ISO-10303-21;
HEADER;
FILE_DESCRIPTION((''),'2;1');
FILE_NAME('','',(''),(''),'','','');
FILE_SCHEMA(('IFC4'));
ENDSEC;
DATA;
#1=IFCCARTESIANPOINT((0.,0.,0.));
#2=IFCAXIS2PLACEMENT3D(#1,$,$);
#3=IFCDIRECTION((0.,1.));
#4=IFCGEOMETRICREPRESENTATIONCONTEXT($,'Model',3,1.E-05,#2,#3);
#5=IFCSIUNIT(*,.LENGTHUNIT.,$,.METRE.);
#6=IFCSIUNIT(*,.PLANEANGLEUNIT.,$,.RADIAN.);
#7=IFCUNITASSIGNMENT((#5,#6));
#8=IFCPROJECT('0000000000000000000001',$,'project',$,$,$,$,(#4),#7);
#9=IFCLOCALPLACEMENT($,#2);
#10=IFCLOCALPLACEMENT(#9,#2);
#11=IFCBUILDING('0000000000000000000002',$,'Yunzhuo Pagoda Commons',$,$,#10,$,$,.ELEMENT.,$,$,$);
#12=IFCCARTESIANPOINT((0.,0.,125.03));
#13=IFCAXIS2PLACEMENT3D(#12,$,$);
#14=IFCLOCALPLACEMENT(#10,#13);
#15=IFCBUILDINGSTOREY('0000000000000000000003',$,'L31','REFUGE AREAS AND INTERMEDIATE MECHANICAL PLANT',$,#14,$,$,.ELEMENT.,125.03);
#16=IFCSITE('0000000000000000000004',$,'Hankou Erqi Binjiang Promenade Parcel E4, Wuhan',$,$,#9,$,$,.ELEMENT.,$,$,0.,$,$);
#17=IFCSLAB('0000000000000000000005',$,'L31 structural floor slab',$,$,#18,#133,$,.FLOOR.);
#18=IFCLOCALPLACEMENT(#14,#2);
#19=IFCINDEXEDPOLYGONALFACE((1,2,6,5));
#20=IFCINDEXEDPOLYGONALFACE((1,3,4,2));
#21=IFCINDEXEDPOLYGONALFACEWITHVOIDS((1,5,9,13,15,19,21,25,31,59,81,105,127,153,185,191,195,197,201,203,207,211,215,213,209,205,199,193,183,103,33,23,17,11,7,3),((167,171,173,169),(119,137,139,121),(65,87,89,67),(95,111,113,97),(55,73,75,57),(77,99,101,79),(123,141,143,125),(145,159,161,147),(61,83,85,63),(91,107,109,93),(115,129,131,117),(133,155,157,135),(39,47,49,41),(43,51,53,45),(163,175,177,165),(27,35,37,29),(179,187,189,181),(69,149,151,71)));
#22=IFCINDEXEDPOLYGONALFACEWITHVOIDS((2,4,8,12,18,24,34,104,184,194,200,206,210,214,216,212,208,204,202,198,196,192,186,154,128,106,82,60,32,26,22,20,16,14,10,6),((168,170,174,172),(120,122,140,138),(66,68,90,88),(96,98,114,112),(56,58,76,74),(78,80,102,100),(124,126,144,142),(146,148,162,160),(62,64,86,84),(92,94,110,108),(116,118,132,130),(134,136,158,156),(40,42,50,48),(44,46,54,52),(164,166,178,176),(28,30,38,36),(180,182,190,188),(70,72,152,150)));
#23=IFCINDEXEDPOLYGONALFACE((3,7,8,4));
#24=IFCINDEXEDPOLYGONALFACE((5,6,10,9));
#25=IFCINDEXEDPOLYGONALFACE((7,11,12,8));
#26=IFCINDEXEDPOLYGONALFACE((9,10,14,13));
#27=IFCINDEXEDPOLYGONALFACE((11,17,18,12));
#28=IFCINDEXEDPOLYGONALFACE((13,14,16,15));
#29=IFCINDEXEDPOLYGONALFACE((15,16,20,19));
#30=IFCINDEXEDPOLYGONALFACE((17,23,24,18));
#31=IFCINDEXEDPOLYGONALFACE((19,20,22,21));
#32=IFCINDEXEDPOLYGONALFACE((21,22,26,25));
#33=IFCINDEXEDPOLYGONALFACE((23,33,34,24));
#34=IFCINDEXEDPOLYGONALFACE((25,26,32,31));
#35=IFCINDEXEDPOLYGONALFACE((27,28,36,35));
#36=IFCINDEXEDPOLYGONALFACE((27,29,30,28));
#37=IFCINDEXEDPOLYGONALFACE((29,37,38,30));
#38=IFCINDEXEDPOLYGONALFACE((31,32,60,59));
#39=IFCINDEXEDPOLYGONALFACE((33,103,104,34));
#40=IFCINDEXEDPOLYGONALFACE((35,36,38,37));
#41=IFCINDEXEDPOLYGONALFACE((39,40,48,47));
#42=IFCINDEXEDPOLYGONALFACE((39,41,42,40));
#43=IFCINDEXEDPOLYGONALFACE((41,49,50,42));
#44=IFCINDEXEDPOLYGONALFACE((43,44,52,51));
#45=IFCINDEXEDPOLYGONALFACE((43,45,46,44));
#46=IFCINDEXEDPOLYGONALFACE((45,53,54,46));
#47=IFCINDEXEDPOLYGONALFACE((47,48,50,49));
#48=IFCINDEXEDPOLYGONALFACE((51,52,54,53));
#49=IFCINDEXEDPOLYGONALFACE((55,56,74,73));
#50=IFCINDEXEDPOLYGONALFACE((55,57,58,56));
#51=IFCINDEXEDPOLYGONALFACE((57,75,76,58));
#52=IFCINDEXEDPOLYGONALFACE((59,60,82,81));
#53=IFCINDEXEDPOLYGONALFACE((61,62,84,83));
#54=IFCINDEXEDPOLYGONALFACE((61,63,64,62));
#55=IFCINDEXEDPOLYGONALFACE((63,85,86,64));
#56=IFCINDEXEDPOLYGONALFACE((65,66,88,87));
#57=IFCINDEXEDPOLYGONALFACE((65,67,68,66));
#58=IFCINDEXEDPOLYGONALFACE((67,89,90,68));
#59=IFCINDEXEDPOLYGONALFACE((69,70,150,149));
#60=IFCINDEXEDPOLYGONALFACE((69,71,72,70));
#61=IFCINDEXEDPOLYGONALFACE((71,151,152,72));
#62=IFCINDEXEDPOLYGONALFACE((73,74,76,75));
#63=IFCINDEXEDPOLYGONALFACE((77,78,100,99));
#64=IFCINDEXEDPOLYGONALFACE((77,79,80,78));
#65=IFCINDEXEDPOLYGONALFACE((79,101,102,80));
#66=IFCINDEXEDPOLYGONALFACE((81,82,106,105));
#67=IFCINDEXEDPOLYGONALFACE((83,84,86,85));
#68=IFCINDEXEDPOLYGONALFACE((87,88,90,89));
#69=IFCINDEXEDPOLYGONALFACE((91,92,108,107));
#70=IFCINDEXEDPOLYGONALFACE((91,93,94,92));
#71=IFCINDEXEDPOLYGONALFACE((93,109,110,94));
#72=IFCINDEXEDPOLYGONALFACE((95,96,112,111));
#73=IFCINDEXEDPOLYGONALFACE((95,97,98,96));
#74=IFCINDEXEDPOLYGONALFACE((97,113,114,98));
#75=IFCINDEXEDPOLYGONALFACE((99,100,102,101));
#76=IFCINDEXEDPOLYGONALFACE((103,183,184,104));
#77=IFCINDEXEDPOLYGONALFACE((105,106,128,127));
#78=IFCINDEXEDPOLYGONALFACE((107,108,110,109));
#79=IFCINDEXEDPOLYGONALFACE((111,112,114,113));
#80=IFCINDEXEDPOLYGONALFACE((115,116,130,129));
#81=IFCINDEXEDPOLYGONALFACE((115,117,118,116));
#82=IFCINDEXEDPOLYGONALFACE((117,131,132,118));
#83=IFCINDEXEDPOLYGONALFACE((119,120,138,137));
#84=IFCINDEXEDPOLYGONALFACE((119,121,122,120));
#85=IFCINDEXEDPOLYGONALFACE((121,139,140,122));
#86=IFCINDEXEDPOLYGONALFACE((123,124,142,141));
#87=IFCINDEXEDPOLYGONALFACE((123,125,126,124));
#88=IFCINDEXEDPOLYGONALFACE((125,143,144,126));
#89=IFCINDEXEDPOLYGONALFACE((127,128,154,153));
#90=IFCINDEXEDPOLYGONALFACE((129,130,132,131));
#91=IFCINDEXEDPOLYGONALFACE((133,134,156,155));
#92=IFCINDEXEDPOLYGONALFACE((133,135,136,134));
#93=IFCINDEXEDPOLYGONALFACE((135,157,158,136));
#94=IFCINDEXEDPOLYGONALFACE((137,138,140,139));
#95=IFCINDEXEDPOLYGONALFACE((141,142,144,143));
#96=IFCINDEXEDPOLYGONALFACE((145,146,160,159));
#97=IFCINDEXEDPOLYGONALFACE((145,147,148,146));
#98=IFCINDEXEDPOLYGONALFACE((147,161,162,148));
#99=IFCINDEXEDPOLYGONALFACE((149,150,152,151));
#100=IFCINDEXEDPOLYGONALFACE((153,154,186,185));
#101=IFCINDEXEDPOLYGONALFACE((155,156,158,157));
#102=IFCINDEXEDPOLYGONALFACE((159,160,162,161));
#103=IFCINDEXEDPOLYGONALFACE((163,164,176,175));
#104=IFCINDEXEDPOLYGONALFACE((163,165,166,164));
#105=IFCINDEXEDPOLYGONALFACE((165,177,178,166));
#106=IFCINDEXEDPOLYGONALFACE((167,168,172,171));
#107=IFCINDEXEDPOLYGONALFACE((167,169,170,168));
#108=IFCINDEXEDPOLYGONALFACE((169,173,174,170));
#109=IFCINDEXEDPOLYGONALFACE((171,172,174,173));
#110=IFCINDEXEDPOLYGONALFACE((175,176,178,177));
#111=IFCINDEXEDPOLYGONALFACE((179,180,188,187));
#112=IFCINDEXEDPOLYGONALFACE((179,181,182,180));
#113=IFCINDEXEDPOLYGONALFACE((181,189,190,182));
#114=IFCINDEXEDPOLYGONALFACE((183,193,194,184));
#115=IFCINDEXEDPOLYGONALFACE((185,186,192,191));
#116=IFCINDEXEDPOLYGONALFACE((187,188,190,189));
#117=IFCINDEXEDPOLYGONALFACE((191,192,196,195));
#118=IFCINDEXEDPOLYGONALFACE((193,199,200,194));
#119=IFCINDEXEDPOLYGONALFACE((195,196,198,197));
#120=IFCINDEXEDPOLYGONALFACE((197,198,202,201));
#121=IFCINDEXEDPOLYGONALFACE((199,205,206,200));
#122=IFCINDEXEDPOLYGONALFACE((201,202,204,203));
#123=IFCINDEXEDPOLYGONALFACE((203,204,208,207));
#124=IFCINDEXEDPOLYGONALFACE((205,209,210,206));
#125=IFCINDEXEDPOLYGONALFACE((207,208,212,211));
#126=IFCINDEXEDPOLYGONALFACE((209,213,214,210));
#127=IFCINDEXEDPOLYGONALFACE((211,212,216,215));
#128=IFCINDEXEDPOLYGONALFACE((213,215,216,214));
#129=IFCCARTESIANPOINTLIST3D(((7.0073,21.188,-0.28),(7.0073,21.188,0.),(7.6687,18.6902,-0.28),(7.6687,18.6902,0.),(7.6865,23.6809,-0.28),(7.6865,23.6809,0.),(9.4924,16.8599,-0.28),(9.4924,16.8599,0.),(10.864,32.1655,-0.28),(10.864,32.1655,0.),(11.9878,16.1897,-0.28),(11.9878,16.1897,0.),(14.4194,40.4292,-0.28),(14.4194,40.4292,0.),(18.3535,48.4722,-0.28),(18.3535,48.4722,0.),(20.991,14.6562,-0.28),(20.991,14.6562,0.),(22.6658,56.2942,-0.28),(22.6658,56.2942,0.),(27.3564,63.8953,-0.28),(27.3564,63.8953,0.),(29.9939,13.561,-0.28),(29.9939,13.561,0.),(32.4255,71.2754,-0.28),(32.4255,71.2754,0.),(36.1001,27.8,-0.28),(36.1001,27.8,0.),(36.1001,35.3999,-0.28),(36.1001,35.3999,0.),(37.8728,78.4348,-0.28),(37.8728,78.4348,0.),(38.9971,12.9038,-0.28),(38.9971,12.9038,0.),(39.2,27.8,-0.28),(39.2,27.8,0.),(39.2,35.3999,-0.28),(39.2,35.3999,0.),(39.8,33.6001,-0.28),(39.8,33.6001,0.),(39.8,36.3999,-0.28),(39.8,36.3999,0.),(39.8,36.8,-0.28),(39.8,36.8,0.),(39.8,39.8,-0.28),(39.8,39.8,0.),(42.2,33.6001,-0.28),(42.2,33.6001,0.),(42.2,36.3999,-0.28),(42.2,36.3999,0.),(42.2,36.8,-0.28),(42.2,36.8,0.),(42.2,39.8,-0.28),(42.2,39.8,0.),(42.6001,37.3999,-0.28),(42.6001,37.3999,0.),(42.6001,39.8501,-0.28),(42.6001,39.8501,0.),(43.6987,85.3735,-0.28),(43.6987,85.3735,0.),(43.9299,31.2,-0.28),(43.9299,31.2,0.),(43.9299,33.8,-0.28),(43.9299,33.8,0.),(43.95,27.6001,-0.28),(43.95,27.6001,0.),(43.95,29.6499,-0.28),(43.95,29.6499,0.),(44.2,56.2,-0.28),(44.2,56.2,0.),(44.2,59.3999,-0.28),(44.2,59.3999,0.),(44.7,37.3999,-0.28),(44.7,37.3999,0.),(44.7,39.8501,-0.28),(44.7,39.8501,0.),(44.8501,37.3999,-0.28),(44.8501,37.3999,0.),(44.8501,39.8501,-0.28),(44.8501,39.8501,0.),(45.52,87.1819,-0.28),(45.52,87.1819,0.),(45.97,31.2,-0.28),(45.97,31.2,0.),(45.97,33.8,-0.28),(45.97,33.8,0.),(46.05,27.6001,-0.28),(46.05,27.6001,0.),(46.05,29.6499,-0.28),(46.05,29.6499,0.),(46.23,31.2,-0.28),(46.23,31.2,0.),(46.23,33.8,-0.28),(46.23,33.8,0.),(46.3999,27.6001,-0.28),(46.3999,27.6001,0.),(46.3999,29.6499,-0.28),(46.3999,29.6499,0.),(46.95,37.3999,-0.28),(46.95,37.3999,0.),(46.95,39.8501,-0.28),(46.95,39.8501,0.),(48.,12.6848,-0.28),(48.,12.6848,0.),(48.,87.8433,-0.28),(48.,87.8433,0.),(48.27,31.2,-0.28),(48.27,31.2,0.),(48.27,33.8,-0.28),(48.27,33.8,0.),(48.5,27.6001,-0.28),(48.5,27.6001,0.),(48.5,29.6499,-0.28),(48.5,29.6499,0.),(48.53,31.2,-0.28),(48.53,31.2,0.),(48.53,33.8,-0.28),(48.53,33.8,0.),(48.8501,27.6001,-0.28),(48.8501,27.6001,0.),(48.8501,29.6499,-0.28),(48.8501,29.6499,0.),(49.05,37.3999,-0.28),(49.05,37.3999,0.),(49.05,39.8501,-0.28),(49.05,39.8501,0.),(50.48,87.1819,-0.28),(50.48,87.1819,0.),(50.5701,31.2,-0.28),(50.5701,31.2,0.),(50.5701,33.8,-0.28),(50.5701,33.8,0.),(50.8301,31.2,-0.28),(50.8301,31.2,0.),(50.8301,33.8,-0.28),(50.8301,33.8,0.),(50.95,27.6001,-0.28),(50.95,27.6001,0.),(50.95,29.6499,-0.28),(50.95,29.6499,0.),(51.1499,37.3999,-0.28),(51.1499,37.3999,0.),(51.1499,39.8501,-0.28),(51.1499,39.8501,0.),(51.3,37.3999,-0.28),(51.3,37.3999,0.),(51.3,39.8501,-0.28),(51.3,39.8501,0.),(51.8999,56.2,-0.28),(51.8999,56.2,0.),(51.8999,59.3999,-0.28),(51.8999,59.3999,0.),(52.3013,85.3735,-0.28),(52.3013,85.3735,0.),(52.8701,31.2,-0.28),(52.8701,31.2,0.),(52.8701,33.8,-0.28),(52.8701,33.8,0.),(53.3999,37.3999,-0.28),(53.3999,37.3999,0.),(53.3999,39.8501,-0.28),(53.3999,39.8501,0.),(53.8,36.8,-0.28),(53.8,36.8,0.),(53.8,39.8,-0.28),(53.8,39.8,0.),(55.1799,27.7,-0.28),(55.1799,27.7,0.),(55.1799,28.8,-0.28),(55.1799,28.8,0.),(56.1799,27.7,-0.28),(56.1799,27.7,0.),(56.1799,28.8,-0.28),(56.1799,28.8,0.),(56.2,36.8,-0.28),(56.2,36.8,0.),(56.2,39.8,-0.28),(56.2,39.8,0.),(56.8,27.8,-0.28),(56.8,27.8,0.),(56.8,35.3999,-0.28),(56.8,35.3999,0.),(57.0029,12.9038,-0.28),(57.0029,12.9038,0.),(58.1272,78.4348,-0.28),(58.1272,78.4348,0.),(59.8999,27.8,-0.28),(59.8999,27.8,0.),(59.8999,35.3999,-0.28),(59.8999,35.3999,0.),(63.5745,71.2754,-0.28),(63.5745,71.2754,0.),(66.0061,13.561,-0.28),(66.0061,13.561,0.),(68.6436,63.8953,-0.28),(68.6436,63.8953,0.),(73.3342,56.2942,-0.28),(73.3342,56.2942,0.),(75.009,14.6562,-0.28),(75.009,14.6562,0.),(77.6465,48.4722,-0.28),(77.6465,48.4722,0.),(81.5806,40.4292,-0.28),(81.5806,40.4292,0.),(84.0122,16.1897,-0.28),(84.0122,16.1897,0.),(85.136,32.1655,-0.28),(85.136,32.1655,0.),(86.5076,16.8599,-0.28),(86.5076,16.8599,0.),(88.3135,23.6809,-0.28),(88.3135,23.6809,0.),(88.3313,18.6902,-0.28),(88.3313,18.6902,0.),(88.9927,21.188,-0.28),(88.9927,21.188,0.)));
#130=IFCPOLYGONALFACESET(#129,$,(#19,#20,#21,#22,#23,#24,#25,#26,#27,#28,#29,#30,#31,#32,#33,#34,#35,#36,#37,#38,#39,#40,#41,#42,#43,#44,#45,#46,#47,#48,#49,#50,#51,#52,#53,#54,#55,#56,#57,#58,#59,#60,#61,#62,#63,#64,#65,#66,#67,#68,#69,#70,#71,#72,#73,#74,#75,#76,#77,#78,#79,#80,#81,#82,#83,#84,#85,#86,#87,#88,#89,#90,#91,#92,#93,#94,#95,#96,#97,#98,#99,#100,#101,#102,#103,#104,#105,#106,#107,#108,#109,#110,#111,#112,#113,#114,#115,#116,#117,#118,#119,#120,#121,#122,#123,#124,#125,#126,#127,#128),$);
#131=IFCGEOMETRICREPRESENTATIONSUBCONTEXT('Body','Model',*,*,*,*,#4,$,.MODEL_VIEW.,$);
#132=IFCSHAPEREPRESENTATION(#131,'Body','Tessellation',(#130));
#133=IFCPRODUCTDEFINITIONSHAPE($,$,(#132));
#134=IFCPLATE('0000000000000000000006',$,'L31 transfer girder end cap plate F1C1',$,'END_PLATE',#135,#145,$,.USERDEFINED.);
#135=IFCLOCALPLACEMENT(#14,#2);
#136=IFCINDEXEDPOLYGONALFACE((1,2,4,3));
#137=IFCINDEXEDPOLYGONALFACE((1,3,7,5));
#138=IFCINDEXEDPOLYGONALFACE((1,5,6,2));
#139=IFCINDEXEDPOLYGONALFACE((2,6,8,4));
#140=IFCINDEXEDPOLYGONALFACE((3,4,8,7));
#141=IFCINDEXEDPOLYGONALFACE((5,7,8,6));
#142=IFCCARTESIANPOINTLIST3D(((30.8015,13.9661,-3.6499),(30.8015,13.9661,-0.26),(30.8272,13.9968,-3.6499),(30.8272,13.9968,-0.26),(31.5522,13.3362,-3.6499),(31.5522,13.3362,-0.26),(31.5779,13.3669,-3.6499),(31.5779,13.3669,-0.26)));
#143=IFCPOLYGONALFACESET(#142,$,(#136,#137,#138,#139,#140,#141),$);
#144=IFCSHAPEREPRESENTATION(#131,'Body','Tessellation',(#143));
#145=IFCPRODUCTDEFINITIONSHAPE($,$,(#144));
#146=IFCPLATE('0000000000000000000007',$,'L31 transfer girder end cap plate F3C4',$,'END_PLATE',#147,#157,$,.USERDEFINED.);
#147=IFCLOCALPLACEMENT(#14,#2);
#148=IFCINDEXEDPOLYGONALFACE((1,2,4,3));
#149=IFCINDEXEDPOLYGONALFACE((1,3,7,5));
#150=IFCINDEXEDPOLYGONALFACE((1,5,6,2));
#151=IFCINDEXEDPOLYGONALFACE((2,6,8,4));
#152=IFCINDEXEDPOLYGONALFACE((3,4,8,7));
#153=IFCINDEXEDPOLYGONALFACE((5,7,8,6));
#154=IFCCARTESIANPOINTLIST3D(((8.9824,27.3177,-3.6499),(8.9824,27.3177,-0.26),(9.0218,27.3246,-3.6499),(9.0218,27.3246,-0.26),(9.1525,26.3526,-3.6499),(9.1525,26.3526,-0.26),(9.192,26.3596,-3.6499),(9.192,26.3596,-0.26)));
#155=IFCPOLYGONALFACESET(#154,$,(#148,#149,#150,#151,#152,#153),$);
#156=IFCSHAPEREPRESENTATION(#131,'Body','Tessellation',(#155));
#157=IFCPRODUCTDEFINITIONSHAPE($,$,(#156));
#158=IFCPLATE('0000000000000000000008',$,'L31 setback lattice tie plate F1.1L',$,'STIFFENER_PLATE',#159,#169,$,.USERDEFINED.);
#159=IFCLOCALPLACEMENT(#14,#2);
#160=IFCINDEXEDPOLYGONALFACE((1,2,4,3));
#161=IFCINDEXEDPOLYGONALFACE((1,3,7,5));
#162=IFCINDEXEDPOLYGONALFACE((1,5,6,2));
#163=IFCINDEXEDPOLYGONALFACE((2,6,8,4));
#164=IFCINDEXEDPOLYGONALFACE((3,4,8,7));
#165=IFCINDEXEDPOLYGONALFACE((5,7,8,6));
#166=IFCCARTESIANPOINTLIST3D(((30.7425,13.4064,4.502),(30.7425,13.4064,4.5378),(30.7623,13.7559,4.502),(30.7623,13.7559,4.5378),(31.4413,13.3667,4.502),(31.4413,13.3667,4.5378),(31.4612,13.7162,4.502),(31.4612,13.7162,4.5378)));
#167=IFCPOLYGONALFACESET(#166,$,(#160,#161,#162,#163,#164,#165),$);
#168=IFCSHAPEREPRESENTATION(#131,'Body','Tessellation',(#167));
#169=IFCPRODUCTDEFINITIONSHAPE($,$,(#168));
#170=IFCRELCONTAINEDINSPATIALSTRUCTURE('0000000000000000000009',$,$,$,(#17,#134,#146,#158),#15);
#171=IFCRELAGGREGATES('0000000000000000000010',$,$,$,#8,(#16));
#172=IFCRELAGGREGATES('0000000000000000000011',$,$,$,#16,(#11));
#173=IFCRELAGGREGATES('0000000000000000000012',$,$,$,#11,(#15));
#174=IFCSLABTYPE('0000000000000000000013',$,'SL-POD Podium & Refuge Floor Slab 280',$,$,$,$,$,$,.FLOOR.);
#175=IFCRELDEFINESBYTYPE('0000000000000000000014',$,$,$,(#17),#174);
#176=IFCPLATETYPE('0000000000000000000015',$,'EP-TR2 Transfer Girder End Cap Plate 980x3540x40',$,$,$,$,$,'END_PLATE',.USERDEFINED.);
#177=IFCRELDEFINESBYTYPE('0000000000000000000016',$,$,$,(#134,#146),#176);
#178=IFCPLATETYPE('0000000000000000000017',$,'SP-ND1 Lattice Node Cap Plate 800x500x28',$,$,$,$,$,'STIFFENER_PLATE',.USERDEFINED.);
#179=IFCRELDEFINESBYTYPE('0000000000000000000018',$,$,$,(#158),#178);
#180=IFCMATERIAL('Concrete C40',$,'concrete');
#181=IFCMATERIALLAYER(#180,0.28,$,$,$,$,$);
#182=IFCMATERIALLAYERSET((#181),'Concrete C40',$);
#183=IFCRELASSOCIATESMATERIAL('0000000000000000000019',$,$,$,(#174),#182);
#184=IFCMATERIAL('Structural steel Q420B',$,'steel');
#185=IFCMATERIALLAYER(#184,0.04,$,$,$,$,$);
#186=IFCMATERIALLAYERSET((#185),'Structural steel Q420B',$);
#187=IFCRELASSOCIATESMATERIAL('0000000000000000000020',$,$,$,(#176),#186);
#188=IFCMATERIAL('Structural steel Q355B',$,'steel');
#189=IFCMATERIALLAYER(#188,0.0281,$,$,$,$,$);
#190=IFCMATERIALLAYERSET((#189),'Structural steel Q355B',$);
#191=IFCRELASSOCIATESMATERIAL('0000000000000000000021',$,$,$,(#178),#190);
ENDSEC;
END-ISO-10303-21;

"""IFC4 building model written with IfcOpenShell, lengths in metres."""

from ifc_helpers import new_model, si_unit, direction, frame, origin, origin_2d, place, context, subcontext, project, spatial, polyline, rectangle, outline, extrude, source, transform, mapped, material, layer, layer_set, type_object, element, save


model = new_model("IFC4")

# Units and contexts
model_context = context("Model", 3, precision=1e-05, world=origin(), true_north=direction((0.0, 1.0)))
body_context = subcontext(model_context, "Body", "Model", "MODEL_VIEW")
ifc_project = project(units=[si_unit("LENGTHUNIT", "METRE"), si_unit("PLANEANGLEUNIT", "RADIAN")], contexts=[model_context])

# Site, building, storey
site_placement = place(None, origin())
site = spatial("IfcSite", under=ifc_project, at=site_placement, Name="Hankou Erqi Binjiang Promenade Parcel E4, Wuhan", CompositionType="ELEMENT", RefElevation=0.0)
building_placement = place(site_placement, origin())
building = spatial("IfcBuilding", under=site, at=building_placement, Name="Yunzhuo Pagoda Commons", CompositionType="ELEMENT")
storey_placement = place(building_placement, frame((0.0, 0.0, 125.03)))
storey = spatial("IfcBuildingStorey", under=building, at=storey_placement, Name="L31", Description="REFUGE AREAS AND INTERMEDIATE MECHANICAL PLANT", CompositionType="ELEMENT", Elevation=125.03)

# Shared definitions
ifc_material_1 = material(Name="Structural steel Q420B", Category="steel")

# Shared definitions
ifc_material_2 = material(Name="Structural steel Q355B", Category="steel")

# Shared definitions
ifc_material_3 = material(Name="Concrete C40", Category="concrete")

# Slab
ifc_layer_1 = layer(ifc_material_3, 0.28)
ifc_layer_set_1 = layer_set([ifc_layer_1], Name="Concrete C40")
slab_type_1 = type_object("IfcSlabType", Name="SL-POD Podium & Refuge Floor Slab 280", PredefinedType="FLOOR", material=ifc_layer_set_1)
slab_1_placement = place(storey_placement, frame((0.0, 0.0, -0.28)))
element("IfcSlab", 1, at=slab_1_placement, inside=storey, type_object=slab_type_1, Name="L31 structural floor slab", PredefinedType="FLOOR", context=body_context, shape_type="SweptSolid", body=[
    extrude(outline(polyline([(10.864, 32.1655), (14.4194, 40.4292), (18.3535, 48.4722), (22.6658, 56.2942), (27.3564, 63.8953), (32.4255, 71.2754), (37.8728, 78.4348), (43.6987, 85.3735), (45.52, 87.1819), (48.0, 87.8433), (50.48, 87.1819), (52.3013, 85.3735), (58.1272, 78.4348), (63.5745, 71.2754), (68.6436, 63.8953), (73.3342, 56.2942), (77.6465, 48.4722), (81.5806, 40.4292), (85.136, 32.1655), (88.3135, 23.6809), (88.9927, 21.188), (88.3313, 18.6902), (86.5076, 16.8599), (84.0122, 16.1897), (75.009, 14.6562), (66.0061, 13.561), (57.0029, 12.9038), (48.0, 12.6848), (38.9971, 12.9038), (29.9939, 13.561), (20.991, 14.6562), (11.9878, 16.1897), (9.4924, 16.8599), (7.6687, 18.6902), (7.0073, 21.188), (7.6865, 23.6809), (10.864, 32.1655)]), holes=[polyline([(46.05, 27.6001), (46.05, 29.6499), (43.95, 29.6499), (43.95, 27.6001), (46.05, 27.6001)]), polyline([(48.5, 27.6001), (48.5, 29.6499), (46.3999, 29.6499), (46.3999, 27.6001), (48.5, 27.6001)]), polyline([(36.1001, 27.8), (39.2, 27.8), (39.2, 35.3999), (36.1001, 35.3999), (36.1001, 27.8)]), polyline([(45.97, 31.2), (45.97, 33.8), (43.9299, 33.8), (43.9299, 31.2), (45.97, 31.2)]), polyline([(48.27, 31.2), (48.27, 33.8), (46.23, 33.8), (46.23, 31.2), (48.27, 31.2)]), polyline([(42.2, 33.6001), (42.2, 36.3999), (39.8, 36.3999), (39.8, 33.6001), (42.2, 33.6001)]), polyline([(42.2, 36.8), (42.2, 39.8), (39.8, 39.8), (39.8, 36.8), (42.2, 36.8)]), polyline([(42.6001, 37.3999), (44.7, 37.3999), (44.7, 39.8501), (42.6001, 39.8501), (42.6001, 37.3999)]), polyline([(44.8501, 37.3999), (46.95, 37.3999), (46.95, 39.8501), (44.8501, 39.8501), (44.8501, 37.3999)]), polyline([(56.1799, 27.7), (56.1799, 28.8), (55.1799, 28.8), (55.1799, 27.7), (56.1799, 27.7)]), polyline([(50.95, 27.6001), (50.95, 29.6499), (48.8501, 29.6499), (48.8501, 27.6001), (50.95, 27.6001)]), polyline([(56.8, 27.8), (59.8999, 27.8), (59.8999, 35.3999), (56.8, 35.3999), (56.8, 27.8)]), polyline([(50.5701, 31.2), (50.5701, 33.8), (48.53, 33.8), (48.53, 31.2), (50.5701, 31.2)]), polyline([(52.8701, 31.2), (52.8701, 33.8), (50.8301, 33.8), (50.8301, 31.2), (52.8701, 31.2)]), polyline([(56.2, 36.8), (56.2, 39.8), (53.8, 39.8), (53.8, 36.8), (56.2, 36.8)]), polyline([(51.1499, 37.3999), (51.1499, 39.8501), (49.05, 39.8501), (49.05, 37.3999), (51.1499, 37.3999)]), polyline([(51.3, 37.3999), (53.3999, 37.3999), (53.3999, 39.8501), (51.3, 39.8501), (51.3, 37.3999)]), polyline([(44.2, 56.2), (51.8999, 56.2), (51.8999, 59.3999), (44.2, 59.3999), (44.2, 56.2)])]), origin(), (0.0, 0.0, 1.0), 0.28),
])

# Plates
ifc_layer_2 = layer(ifc_material_1, 0.04)
ifc_layer_set_2 = layer_set([ifc_layer_2], Name="Structural steel Q420B")
plate_type_1 = type_object("IfcPlateType", Name="EP-TR2 Transfer Girder End Cap Plate 980x3540x40", ElementType="END_PLATE", PredefinedType="USERDEFINED", material=ifc_layer_set_2)
shared_shape_1 = source(origin(), body_context, "Body", "SweptSolid", [
    extrude(rectangle(XDim=0.98, YDim=0.04, at=origin_2d()), origin(), (0.0, 0.0, 1.0), 3.3899),
])
for number, where, z_axis, x_axis, name in (
    (2, (31.1897, 13.6665, -3.6499), (0.0, 0.0, 1.0), (0.766044, -0.642788, 0.0), "L31 transfer girder end cap plate F1C1"),
    (3, (9.0872, 26.8386, -3.6499), (0.0, 0.0, 1.0), (0.173648, -0.984808, 0.0), "L31 transfer girder end cap plate F3C4"),
):
    element("IfcPlate", number, at=place(storey_placement, frame(where, z_axis=z_axis, x_axis=x_axis)), inside=storey, type_object=plate_type_1, Name=name, ObjectType="END_PLATE", PredefinedType="USERDEFINED", context=body_context, shape_type="MappedRepresentation", body=[
        mapped(shared_shape_1, transform((0.0, 0.0, 0.0), scale=1.0)),
    ])
ifc_layer_3 = layer(ifc_material_2, 0.0281)
ifc_layer_set_3 = layer_set([ifc_layer_3], Name="Structural steel Q355B")
plate_type_2 = type_object("IfcPlateType", Name="SP-ND1 Lattice Node Cap Plate 800x500x28", ElementType="STIFFENER_PLATE", PredefinedType="USERDEFINED", material=ifc_layer_set_3)
shared_shape_2 = source(origin(), body_context, "Body", "SweptSolid", [
    extrude(rectangle(XDim=0.7, YDim=0.3501, at=origin_2d()), origin(), (0.0, 0.0, 1.0), 0.0359),
])
for number, where, z_axis, x_axis, name in (
    (4, (31.1018, 13.5613, 4.502), (0.0, 0.0, 1.0), (0.998389, -0.056745, 0.0), "L31 setback lattice tie plate F1.1L"),
):
    element("IfcPlate", number, at=place(storey_placement, frame(where, z_axis=z_axis, x_axis=x_axis)), inside=storey, type_object=plate_type_2, Name=name, ObjectType="STIFFENER_PLATE", PredefinedType="USERDEFINED", context=body_context, shape_type="MappedRepresentation", body=[
        mapped(shared_shape_2, transform((0.0, 0.0, 0.0), scale=1.0)),
    ])

save(model, "model.ifc")
